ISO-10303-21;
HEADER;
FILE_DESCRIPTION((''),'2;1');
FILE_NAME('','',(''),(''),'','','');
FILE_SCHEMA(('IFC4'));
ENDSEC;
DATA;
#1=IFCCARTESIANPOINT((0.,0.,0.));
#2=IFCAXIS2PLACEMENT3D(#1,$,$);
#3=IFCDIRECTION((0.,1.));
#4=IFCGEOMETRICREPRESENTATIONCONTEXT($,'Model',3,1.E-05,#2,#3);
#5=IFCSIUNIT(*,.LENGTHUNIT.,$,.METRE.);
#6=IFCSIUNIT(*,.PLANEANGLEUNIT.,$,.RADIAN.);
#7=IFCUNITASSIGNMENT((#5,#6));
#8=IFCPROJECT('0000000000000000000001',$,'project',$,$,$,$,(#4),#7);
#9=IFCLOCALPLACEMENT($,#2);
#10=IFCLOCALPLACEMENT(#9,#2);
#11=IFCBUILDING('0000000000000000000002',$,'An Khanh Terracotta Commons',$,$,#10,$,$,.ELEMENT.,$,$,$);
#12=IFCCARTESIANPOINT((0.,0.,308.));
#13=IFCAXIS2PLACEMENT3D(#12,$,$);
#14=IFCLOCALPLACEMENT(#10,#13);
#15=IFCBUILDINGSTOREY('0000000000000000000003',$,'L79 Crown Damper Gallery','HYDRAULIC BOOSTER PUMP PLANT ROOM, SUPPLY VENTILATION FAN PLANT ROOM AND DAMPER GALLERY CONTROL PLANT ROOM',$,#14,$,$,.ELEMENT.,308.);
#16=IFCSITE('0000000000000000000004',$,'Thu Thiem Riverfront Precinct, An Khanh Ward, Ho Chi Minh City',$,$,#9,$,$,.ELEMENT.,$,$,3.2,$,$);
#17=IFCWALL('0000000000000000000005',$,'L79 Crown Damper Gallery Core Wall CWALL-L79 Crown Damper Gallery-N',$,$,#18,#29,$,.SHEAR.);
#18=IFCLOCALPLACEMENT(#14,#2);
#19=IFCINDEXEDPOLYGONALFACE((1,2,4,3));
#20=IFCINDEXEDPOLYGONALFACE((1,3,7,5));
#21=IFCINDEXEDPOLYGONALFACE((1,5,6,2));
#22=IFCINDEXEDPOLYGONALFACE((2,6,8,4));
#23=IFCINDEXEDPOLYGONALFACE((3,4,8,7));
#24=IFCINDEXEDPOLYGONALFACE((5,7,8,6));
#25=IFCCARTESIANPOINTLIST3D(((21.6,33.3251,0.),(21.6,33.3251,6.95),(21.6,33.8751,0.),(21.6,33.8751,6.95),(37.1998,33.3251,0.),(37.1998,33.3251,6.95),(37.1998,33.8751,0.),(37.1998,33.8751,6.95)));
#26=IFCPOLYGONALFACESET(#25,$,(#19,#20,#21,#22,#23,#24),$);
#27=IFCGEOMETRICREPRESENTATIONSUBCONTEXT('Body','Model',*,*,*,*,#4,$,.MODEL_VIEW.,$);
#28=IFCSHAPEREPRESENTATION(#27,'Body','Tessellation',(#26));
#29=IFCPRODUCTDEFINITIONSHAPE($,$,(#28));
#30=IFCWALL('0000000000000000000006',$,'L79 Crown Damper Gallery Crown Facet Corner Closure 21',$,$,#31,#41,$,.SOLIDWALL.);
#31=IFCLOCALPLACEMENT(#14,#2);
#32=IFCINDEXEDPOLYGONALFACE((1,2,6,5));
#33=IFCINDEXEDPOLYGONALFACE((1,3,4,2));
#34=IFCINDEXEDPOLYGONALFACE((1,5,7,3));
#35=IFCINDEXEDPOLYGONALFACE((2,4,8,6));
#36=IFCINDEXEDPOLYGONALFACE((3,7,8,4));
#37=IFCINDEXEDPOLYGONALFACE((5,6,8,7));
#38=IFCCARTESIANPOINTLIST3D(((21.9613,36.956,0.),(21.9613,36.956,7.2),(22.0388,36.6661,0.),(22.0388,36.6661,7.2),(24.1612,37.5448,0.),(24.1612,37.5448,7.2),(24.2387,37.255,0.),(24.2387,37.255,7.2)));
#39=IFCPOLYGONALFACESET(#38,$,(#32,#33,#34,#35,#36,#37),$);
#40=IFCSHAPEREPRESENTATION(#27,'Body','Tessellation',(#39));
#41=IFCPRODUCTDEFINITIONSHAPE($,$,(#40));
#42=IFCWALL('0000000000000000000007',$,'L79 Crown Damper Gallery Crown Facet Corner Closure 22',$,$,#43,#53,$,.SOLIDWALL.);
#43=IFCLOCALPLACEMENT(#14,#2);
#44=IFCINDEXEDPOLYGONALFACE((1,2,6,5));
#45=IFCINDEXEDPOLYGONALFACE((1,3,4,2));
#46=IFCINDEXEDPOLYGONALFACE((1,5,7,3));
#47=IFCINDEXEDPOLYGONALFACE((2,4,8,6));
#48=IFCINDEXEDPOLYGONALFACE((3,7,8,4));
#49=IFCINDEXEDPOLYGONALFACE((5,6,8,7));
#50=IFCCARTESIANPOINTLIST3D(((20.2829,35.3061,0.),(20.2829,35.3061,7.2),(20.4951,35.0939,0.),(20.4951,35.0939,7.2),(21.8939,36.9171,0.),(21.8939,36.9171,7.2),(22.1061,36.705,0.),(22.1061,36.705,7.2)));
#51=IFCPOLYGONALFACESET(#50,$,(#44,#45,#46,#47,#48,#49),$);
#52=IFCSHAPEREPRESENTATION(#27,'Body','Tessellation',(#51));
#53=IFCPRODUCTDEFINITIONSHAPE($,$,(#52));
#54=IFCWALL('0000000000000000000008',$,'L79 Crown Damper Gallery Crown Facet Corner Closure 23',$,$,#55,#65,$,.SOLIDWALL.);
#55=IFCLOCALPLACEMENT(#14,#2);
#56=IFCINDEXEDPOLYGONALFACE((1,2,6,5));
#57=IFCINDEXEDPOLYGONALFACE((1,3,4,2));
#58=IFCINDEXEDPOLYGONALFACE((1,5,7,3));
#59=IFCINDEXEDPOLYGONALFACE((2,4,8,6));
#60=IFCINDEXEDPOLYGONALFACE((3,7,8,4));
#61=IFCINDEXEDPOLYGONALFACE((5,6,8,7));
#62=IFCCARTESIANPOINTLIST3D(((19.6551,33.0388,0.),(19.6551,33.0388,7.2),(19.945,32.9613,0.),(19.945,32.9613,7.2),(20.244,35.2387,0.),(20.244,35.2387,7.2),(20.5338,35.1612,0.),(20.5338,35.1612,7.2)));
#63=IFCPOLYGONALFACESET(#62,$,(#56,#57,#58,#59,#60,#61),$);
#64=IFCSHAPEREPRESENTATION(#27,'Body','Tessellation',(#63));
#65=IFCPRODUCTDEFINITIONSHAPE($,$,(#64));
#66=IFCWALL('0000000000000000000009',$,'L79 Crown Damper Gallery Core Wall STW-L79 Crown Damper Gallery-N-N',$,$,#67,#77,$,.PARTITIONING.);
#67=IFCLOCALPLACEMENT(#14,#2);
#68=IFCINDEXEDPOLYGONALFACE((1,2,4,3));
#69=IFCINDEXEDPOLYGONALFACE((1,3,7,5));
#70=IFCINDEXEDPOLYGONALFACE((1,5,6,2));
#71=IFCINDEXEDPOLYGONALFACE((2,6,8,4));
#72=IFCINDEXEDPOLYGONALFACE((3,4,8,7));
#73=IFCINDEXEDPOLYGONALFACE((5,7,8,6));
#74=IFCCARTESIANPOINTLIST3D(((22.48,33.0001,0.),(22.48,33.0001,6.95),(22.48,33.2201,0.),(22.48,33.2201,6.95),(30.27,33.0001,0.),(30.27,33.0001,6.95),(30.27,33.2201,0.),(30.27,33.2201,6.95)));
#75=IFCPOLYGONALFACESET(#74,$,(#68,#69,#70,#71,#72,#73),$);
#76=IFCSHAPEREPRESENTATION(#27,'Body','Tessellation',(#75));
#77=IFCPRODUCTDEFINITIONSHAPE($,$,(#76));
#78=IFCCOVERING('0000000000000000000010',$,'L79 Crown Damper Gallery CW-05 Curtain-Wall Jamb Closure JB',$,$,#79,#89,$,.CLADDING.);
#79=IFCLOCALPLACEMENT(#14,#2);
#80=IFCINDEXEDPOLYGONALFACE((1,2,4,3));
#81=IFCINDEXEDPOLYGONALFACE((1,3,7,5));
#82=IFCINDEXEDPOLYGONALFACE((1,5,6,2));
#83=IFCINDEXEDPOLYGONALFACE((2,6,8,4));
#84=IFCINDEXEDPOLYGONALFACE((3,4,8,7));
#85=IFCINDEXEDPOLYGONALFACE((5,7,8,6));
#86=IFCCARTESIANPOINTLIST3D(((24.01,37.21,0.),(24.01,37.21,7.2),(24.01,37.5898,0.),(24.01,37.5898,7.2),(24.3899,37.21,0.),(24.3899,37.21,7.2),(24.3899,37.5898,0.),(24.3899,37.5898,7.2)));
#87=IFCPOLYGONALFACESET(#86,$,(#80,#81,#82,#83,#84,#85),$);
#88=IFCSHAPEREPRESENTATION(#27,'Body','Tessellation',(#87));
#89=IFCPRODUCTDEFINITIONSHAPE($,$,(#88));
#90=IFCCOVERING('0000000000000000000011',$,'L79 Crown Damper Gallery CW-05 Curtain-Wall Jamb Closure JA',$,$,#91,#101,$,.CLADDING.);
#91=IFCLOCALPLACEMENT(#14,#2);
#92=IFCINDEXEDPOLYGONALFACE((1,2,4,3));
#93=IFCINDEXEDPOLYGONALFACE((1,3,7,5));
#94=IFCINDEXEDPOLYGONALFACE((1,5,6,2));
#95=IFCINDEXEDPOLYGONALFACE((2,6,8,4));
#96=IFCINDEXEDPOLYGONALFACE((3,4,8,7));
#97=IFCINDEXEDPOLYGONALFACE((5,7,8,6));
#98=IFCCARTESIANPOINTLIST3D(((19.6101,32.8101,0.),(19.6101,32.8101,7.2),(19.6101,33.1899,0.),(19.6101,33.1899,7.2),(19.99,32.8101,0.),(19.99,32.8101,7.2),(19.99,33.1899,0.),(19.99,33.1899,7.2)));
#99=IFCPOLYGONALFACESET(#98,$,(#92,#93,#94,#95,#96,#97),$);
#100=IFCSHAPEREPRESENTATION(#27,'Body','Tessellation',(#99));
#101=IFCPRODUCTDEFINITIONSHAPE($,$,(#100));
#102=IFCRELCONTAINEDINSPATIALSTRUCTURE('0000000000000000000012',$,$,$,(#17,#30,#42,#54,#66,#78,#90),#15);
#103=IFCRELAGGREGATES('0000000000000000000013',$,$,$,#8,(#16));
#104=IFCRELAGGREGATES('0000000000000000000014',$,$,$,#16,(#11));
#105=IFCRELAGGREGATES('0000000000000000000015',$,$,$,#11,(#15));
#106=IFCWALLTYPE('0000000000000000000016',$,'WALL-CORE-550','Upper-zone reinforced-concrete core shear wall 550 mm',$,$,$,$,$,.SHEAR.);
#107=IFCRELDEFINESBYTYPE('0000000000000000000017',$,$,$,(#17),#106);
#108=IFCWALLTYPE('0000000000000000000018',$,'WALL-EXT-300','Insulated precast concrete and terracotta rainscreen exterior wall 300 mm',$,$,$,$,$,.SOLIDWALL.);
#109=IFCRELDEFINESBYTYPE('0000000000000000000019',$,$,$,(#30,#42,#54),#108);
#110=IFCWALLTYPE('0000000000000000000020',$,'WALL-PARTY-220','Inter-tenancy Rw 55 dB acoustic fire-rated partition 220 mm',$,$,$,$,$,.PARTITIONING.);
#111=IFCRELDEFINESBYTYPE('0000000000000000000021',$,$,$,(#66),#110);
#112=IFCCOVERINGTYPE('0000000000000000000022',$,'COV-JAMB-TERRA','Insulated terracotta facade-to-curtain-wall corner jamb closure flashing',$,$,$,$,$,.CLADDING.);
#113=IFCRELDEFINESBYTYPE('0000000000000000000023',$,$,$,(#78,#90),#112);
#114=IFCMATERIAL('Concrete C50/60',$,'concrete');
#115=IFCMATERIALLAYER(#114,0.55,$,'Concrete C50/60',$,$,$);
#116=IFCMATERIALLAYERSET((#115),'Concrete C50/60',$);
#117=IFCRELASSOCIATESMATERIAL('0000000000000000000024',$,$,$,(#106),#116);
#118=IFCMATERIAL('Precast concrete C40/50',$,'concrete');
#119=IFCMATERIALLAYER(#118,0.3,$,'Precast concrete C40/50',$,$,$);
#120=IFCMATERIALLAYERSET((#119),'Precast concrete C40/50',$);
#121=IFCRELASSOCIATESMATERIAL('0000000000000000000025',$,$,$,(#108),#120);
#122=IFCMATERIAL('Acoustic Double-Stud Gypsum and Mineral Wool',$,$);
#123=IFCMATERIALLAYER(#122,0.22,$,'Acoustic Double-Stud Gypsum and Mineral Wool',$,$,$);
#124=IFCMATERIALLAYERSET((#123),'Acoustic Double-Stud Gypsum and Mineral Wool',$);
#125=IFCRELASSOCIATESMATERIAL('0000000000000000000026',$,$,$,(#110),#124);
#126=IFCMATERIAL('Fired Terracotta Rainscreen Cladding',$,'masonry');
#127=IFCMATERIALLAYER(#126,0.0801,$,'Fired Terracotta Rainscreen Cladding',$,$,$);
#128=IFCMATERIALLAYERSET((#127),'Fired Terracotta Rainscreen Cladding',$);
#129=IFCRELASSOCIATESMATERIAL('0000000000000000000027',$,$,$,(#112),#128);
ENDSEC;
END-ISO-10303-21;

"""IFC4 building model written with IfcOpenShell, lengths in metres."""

from ifc_helpers import new_model, si_unit, direction, frame, frame_2d, origin, origin_2d, place, context, subcontext, project, spatial, rectangle, extrude, material, layer, layer_set, type_object, element, save


model = new_model("IFC4")

# Units and contexts
model_context = context("Model", 3, precision=1e-05, world=origin(), true_north=direction((0.0, 1.0)))
body_context = subcontext(model_context, "Body", "Model", "MODEL_VIEW")
ifc_project = project(units=[si_unit("LENGTHUNIT", "METRE"), si_unit("PLANEANGLEUNIT", "RADIAN")], contexts=[model_context])

# Site, building, storey
site_placement = place(None, origin())
site = spatial("IfcSite", under=ifc_project, at=site_placement, Name="Thu Thiem Riverfront Precinct, An Khanh Ward, Ho Chi Minh City", CompositionType="ELEMENT", RefElevation=3.2)
building_placement = place(site_placement, origin())
building = spatial("IfcBuilding", under=site, at=building_placement, Name="An Khanh Terracotta Commons", CompositionType="ELEMENT")
storey_placement = place(building_placement, frame((0.0, 0.0, 308.0)))
storey = spatial("IfcBuildingStorey", under=building, at=storey_placement, Name="L79 Crown Damper Gallery", Description="HYDRAULIC BOOSTER PUMP PLANT ROOM, SUPPLY VENTILATION FAN PLANT ROOM AND DAMPER GALLERY CONTROL PLANT ROOM", CompositionType="ELEMENT", Elevation=308.0)

# Shared definitions
ifc_material_1 = material(Name="Concrete C50/60", Category="concrete")

# Walls
ifc_layer_1 = layer(ifc_material_1, 0.55, Name="Concrete C50/60")
ifc_layer_set_1 = layer_set([ifc_layer_1], Name="Concrete C50/60")
wall_type_1 = type_object("IfcWallType", Name="WALL-CORE-550", Description="Upper-zone reinforced-concrete core shear wall 550 mm", PredefinedType="SHEAR", material=ifc_layer_set_1)
wall_1_placement = place(storey_placement, frame((21.6001, 33.6001, 0.0), z_axis=(0.0, 0.0, 1.0), x_axis=(1.0, 0.0, 0.0)))
element("IfcWall", 1, at=wall_1_placement, inside=storey, type_object=wall_type_1, Name="L79 Crown Damper Gallery Core Wall CWALL-L79 Crown Damper Gallery-N", PredefinedType="SHEAR", context=body_context, shape_type="SweptSolid", body=[
    extrude(rectangle(XDim=15.5999, YDim=0.55, at=frame_2d((7.7998, 0.0))), origin(), (0.0, 0.0, 1.0), 6.95),
])
ifc_material_2 = material(Name="Precast concrete C40/50", Category="concrete")
ifc_layer_2 = layer(ifc_material_2, 0.3, Name="Precast concrete C40/50")
ifc_layer_set_2 = layer_set([ifc_layer_2], Name="Precast concrete C40/50")
wall_type_2 = type_object("IfcWallType", Name="WALL-EXT-300", Description="Insulated precast concrete and terracotta rainscreen exterior wall 300 mm", PredefinedType="SOLIDWALL", material=ifc_layer_set_2)
wall_2_placement = place(storey_placement, frame((24.2, 37.3999, 0.0), z_axis=(0.0, 0.0, 1.0), x_axis=(-0.965993, -0.25857, 0.0)))
element("IfcWall", 2, at=wall_2_placement, inside=storey, type_object=wall_type_2, Name="L79 Crown Damper Gallery Crown Facet Corner Closure 21", PredefinedType="SOLIDWALL", context=body_context, shape_type="SweptSolid", body=[
    extrude(rectangle(XDim=2.2773, YDim=0.3, at=frame_2d((1.1387, 0.0))), origin(), (0.0, 0.0, 1.0), 7.2),
])
wall_3_placement = place(storey_placement, frame((22.0, 36.811, 0.0), z_axis=(0.0, 0.0, 1.0), x_axis=(-0.707107, -0.707107, 0.0)))
element("IfcWall", 3, at=wall_3_placement, inside=storey, type_object=wall_type_2, Name="L79 Crown Damper Gallery Crown Facet Corner Closure 22", PredefinedType="SOLIDWALL", context=body_context, shape_type="SweptSolid", body=[
    extrude(rectangle(XDim=2.2783, YDim=0.3, at=frame_2d((1.1392, 0.0))), origin(), (0.0, 0.0, 1.0), 7.2),
])
wall_4_placement = place(storey_placement, frame((20.3889, 35.2, 0.0), z_axis=(0.0, 0.0, 1.0), x_axis=(-0.25857, -0.965993, 0.0)))
element("IfcWall", 4, at=wall_4_placement, inside=storey, type_object=wall_type_2, Name="L79 Crown Damper Gallery Crown Facet Corner Closure 23", PredefinedType="SOLIDWALL", context=body_context, shape_type="SweptSolid", body=[
    extrude(rectangle(XDim=2.2773, YDim=0.3, at=frame_2d((1.1387, 0.0))), origin(), (0.0, 0.0, 1.0), 7.2),
])
ifc_material_3 = material(Name="Acoustic Double-Stud Gypsum and Mineral Wool")
ifc_layer_3 = layer(ifc_material_3, 0.22, Name="Acoustic Double-Stud Gypsum and Mineral Wool")
ifc_layer_set_3 = layer_set([ifc_layer_3], Name="Acoustic Double-Stud Gypsum and Mineral Wool")
wall_type_3 = type_object("IfcWallType", Name="WALL-PARTY-220", Description="Inter-tenancy Rw 55 dB acoustic fire-rated partition 220 mm", PredefinedType="PARTITIONING", material=ifc_layer_set_3)
wall_5_placement = place(storey_placement, frame((22.48, 33.1101, 0.0), z_axis=(0.0, 0.0, 1.0), x_axis=(1.0, 0.0, 0.0)))
element("IfcWall", 5, at=wall_5_placement, inside=storey, type_object=wall_type_3, Name="L79 Crown Damper Gallery Core Wall STW-L79 Crown Damper Gallery-N-N", PredefinedType="PARTITIONING", context=body_context, shape_type="SweptSolid", body=[
    extrude(rectangle(XDim=7.79, YDim=0.22, at=frame_2d((3.895, 0.0))), origin(), (0.0, 0.0, 1.0), 6.95),
])

# Coverings
ifc_material_4 = material(Name="Fired Terracotta Rainscreen Cladding", Category="masonry")
ifc_layer_4 = layer(ifc_material_4, 0.0801, Name="Fired Terracotta Rainscreen Cladding")
ifc_layer_set_4 = layer_set([ifc_layer_4], Name="Fired Terracotta Rainscreen Cladding")
covering_type = type_object("IfcCoveringType", Name="COV-JAMB-TERRA", Description="Insulated terracotta facade-to-curtain-wall corner jamb closure flashing", PredefinedType="CLADDING", material=ifc_layer_set_4)
for number, where, z_axis, x_axis, name in (
    (6, (24.2, 37.3999, 0.0), (0.0, 0.0, 1.0), (1.0, 0.0, 0.0), "L79 Crown Damper Gallery CW-05 Curtain-Wall Jamb Closure JB"),
    (7, (19.8, 33.0, 0.0), (0.0, 0.0, 1.0), (1.0, 0.0, 0.0), "L79 Crown Damper Gallery CW-05 Curtain-Wall Jamb Closure JA"),
):
    element("IfcCovering", number, at=place(storey_placement, frame(where, z_axis=z_axis, x_axis=x_axis)), inside=storey, type_object=covering_type, Name=name, PredefinedType="CLADDING", context=body_context, shape_type="SweptSolid", body=[
        extrude(rectangle(XDim=0.3799, YDim=0.3799, at=origin_2d()), origin(), (0.0, 0.0, 1.0), 7.2),
    ])

save(model, "model.ifc")
